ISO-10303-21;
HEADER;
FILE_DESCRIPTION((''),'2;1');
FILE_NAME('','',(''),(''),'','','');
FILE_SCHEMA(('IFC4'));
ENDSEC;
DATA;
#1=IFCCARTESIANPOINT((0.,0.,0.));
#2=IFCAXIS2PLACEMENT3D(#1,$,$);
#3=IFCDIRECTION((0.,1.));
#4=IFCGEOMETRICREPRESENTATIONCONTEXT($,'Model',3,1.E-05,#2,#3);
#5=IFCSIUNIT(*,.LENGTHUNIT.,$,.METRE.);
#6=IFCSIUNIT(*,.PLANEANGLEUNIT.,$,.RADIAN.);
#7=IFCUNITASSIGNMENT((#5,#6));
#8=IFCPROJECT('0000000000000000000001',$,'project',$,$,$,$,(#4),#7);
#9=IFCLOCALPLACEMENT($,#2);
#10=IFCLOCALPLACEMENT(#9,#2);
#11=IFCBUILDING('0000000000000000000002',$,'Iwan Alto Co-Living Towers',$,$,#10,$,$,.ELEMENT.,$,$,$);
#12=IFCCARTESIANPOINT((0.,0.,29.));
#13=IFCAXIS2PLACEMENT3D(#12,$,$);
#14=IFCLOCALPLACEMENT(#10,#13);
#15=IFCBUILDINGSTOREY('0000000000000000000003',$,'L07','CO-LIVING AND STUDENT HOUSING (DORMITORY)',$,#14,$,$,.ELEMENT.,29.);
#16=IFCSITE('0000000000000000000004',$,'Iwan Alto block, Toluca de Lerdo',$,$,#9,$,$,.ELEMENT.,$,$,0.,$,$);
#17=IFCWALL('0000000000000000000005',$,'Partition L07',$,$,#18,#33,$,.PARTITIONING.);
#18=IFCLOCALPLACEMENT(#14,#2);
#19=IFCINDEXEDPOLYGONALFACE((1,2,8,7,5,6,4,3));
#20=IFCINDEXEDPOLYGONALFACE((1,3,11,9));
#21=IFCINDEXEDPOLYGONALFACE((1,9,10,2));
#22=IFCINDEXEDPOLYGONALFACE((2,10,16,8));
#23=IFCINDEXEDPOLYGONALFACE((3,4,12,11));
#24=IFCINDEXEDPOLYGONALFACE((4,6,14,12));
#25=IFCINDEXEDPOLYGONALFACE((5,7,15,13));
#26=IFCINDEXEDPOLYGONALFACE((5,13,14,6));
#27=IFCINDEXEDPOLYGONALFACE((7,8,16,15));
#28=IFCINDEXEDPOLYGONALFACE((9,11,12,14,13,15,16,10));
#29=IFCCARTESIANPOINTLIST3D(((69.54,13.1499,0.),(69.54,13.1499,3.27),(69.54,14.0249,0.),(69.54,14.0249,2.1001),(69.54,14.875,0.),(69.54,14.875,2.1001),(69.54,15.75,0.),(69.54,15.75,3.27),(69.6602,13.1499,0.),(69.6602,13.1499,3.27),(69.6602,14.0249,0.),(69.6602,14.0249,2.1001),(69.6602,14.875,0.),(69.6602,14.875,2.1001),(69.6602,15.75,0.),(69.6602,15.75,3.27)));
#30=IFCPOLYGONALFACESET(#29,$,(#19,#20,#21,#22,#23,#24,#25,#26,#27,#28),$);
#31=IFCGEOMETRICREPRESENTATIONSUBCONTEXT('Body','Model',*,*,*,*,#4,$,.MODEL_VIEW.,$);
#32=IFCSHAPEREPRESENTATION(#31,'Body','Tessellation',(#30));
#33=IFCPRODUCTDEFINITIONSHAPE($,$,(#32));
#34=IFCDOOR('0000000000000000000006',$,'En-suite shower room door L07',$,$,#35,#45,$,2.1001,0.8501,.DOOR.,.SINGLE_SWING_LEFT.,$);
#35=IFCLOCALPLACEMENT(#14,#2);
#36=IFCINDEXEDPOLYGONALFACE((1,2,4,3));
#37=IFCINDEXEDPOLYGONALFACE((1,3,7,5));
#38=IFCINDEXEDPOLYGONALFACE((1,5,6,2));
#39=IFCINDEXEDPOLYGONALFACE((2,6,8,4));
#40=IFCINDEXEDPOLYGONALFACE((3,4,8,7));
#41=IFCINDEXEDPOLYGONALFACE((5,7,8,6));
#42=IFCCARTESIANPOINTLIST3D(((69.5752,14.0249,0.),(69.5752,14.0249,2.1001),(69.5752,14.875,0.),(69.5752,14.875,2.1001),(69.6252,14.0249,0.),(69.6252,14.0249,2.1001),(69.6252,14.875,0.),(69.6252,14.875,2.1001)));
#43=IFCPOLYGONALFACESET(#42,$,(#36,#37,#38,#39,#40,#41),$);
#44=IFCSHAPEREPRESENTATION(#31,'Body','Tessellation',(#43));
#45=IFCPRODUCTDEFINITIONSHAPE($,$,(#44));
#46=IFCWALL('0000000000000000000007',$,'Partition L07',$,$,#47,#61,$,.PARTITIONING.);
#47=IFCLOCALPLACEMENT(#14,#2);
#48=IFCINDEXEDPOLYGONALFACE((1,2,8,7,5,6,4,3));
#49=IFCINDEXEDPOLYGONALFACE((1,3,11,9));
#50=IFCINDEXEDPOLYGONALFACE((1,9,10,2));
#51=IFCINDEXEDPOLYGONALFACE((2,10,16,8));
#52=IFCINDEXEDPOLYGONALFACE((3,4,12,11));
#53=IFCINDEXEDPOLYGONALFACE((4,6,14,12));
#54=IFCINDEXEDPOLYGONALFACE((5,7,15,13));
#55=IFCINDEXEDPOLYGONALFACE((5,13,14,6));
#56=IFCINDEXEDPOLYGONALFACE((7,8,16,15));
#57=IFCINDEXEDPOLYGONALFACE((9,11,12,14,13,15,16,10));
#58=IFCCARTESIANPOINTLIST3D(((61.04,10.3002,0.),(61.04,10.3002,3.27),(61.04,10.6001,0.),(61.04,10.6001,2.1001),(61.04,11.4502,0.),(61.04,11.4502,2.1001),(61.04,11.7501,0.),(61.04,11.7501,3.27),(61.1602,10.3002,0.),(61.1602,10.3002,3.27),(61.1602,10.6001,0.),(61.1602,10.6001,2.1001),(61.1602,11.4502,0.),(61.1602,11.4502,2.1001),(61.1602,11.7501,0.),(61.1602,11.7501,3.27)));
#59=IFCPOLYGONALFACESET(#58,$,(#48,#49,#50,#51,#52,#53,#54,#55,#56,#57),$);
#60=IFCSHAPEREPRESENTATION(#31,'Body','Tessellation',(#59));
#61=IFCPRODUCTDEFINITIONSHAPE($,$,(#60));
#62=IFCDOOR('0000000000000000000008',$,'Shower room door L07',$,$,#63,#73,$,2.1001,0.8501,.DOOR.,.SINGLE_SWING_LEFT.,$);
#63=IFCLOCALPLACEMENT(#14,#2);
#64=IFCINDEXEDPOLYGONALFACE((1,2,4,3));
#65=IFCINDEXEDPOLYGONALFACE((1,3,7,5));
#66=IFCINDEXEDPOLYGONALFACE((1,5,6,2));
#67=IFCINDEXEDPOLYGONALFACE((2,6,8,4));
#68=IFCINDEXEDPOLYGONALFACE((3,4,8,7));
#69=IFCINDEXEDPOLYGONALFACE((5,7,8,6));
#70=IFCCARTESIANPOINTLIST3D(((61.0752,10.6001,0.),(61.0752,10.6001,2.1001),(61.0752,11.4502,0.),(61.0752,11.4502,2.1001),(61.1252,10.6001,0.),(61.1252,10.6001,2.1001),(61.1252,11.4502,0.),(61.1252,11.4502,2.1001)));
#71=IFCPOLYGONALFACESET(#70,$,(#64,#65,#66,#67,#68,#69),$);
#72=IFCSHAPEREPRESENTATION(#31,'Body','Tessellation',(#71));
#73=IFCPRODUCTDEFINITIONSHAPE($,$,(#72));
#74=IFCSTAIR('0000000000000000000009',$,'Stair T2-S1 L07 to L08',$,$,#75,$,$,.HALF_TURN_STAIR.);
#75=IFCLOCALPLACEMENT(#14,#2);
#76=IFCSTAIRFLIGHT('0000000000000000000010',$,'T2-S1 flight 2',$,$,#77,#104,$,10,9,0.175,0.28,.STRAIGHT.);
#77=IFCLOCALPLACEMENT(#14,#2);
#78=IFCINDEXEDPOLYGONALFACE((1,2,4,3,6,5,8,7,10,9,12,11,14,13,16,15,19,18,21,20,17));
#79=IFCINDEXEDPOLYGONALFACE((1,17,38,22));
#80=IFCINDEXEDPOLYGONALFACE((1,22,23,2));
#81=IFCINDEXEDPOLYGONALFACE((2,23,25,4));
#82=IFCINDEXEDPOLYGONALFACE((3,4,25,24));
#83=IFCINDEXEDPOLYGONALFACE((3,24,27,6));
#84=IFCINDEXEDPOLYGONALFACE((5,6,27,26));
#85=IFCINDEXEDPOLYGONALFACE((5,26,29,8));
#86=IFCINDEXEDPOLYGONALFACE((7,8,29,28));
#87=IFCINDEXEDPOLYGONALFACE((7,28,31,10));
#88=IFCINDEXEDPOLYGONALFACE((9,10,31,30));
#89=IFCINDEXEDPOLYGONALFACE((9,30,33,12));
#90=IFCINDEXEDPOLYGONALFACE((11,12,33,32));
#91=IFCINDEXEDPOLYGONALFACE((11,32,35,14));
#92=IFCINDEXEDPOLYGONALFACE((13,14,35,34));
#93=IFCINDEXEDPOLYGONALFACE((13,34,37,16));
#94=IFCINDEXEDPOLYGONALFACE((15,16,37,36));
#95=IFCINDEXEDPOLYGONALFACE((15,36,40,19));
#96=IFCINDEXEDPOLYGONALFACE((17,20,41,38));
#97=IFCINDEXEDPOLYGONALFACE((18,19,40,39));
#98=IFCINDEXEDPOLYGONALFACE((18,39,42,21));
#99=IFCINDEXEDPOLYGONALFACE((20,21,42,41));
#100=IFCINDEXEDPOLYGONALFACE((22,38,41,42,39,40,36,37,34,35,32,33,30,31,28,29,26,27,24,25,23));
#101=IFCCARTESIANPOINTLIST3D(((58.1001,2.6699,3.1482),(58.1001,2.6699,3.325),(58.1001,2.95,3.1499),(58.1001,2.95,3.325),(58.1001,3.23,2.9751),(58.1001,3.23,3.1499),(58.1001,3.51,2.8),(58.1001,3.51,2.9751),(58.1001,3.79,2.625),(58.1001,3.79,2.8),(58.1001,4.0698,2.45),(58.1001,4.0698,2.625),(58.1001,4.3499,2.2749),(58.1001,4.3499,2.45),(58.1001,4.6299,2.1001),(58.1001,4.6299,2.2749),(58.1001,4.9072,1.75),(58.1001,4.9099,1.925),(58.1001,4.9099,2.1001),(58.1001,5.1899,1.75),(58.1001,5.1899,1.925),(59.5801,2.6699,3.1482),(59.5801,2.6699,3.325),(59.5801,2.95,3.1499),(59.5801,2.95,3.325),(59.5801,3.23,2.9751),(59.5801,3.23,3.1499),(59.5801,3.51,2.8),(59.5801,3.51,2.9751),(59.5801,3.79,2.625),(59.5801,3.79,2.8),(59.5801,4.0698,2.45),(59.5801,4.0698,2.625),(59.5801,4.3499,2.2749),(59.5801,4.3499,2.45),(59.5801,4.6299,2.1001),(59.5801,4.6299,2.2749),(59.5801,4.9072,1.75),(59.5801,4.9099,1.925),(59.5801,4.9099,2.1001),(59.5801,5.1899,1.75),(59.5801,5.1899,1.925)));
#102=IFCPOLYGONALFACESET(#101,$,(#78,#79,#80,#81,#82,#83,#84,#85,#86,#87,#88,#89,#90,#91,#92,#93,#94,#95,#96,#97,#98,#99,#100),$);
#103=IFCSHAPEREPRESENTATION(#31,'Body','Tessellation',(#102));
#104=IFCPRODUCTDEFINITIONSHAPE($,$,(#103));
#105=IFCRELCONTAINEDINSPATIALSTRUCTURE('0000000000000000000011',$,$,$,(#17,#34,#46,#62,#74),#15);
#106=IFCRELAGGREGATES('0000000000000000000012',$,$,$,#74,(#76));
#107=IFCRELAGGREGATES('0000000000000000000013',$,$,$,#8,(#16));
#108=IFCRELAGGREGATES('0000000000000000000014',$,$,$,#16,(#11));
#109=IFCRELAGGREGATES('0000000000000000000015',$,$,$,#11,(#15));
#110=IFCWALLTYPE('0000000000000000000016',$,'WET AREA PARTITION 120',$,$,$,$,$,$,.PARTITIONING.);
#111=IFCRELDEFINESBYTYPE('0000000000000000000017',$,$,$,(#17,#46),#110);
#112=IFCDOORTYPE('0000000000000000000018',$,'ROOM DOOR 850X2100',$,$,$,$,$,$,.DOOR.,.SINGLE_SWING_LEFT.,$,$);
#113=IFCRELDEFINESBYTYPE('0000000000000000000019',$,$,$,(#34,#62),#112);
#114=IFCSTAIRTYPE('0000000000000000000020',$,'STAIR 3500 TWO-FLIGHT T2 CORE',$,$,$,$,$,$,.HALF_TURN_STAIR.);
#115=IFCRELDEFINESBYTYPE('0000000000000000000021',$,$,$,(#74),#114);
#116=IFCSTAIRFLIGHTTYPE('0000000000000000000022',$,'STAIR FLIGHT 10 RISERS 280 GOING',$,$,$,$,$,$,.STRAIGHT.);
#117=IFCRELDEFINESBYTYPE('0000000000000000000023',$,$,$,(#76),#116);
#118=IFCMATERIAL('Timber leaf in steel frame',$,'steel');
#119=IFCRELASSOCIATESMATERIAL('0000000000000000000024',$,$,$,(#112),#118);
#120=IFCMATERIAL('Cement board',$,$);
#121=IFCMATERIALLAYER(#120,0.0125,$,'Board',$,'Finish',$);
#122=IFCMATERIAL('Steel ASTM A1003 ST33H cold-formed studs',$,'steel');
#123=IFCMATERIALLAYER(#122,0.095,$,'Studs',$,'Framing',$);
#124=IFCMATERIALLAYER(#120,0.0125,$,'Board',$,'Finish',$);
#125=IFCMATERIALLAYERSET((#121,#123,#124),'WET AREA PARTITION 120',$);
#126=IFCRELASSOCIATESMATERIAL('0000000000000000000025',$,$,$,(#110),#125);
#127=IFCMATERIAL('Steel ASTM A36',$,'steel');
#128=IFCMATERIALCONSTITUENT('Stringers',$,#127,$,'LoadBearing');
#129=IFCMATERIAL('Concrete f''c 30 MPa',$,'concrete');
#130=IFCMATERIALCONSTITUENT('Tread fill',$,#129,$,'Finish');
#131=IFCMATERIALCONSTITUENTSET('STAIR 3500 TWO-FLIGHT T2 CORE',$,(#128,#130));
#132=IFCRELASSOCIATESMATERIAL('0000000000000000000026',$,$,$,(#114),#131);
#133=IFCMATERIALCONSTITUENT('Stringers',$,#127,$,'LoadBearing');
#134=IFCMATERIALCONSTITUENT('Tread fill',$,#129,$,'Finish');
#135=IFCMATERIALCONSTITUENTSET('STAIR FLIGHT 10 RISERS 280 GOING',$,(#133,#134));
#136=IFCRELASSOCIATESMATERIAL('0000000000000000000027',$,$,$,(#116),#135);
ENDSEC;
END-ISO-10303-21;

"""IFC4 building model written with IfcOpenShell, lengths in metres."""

from ifc_helpers import new_model, si_unit, direction, frame, frame_2d, origin, place, context, subcontext, project, spatial, polyline, rectangle, outline, extrude, material, layer, layer_set, constituent, constituent_set, type_object, element, fill, aggregate, save


model = new_model("IFC4")

# Units and contexts
model_context = context("Model", 3, precision=1e-05, world=origin(), true_north=direction((0.0, 1.0)))
body_context = subcontext(model_context, "Body", "Model", "MODEL_VIEW")
ifc_project = project(units=[si_unit("LENGTHUNIT", "METRE"), si_unit("PLANEANGLEUNIT", "RADIAN")], contexts=[model_context])

# Site, building, storey
site_placement = place(None, origin())
site = spatial("IfcSite", under=ifc_project, at=site_placement, Name="Iwan Alto block, Toluca de Lerdo", CompositionType="ELEMENT", RefElevation=0.0)
building_placement = place(site_placement, origin())
building = spatial("IfcBuilding", under=site, at=building_placement, Name="Iwan Alto Co-Living Towers", CompositionType="ELEMENT")
storey_placement = place(building_placement, frame((0.0, 0.0, 29.0)))
storey = spatial("IfcBuildingStorey", under=building, at=storey_placement, Name="L07", Description="CO-LIVING AND STUDENT HOUSING (DORMITORY)", CompositionType="ELEMENT", Elevation=29.0)

# Shared definitions
ifc_material_1 = material(Name="Steel ASTM A1003 ST33H cold-formed studs", Category="steel")
ifc_material_2 = material(Name="Timber leaf in steel frame", Category="steel")
door_type = type_object("IfcDoorType", Name="ROOM DOOR 850X2100", OperationType="SINGLE_SWING_LEFT", PredefinedType="DOOR", material=ifc_material_2)

# Shared definitions
ifc_material_3 = material(Name="Cement board")
ifc_layer_1 = layer(ifc_material_3, 0.0125, Name="Board", Category="Finish")
ifc_layer_2 = layer(ifc_material_1, 0.095, Name="Studs", Category="Framing")
ifc_layer_3 = layer(ifc_material_3, 0.0125, Name="Board", Category="Finish")
ifc_layer_set_1 = layer_set([ifc_layer_1, ifc_layer_2, ifc_layer_3], Name="WET AREA PARTITION 120")
wall_type_1 = type_object("IfcWallType", Name="WET AREA PARTITION 120", PredefinedType="PARTITIONING", material=ifc_layer_set_1)

# Walls, openings, doors
wall_1_placement = place(storey_placement, frame((69.6001, 13.1499, 0.0), z_axis=(0.0, 0.0, 1.0), x_axis=(0.0, 1.0, 0.0)))
wall_1 = element("IfcWall", 1, at=wall_1_placement, inside=storey, type_object=wall_type_1, Name="Partition L07", PredefinedType="PARTITIONING", context=body_context, shape_type="SweptSolid", body=[
    extrude(rectangle(XDim=2.6001, YDim=0.1201, at=frame_2d((1.3, 0.0))), origin(), (0.0, 0.0, 1.0), 3.27),
])
opening_1_placement = place(wall_1_placement, frame((0.875, 0.0, 0.0)))
opening_1 = element("IfcOpeningElement", 2, at=opening_1_placement, cuts=wall_1, PredefinedType="OPENING", context=body_context, shape_type="SweptSolid", body=[
    extrude(rectangle(XDim=0.8501, YDim=2.1001, at=frame_2d((0.425, 1.05))), frame((0.0, 0.0701, 0.0), z_axis=(0.0, -1.0, 0.0), x_axis=(1.0, 0.0, 0.0)), (0.0, 0.0, 1.0), 0.1401),
])
door_1_placement = place(opening_1_placement, origin())
door_1 = element("IfcDoor", 3, at=door_1_placement, inside=storey, type_object=door_type, Name="En-suite shower room door L07", OperationType="SINGLE_SWING_LEFT", OverallHeight=2.1001, OverallWidth=0.8501, PredefinedType="DOOR", context=body_context, shape_type="SweptSolid", body=[
    extrude(rectangle(XDim=0.8501, YDim=2.1001, at=frame_2d((0.425, 1.05))), frame((0.0, 0.0249, 0.0), z_axis=(0.0, -1.0, 0.0), x_axis=(1.0, 0.0, 0.0)), (0.0, 0.0, 1.0), 0.05),
])
fill(opening_1, door_1)
wall_2_placement = place(storey_placement, frame((61.1001, 10.3, 0.0), z_axis=(0.0, 0.0, 1.0), x_axis=(0.0, 1.0, 0.0)))
wall_2 = element("IfcWall", 4, at=wall_2_placement, inside=storey, type_object=wall_type_1, Name="Partition L07", PredefinedType="PARTITIONING", context=body_context, shape_type="SweptSolid", body=[
    extrude(rectangle(XDim=1.45, YDim=0.1201, at=frame_2d((0.7251, 0.0))), origin(), (0.0, 0.0, 1.0), 3.27),
])
opening_2_placement = place(wall_2_placement, frame((0.3, 0.0, 0.0)))
opening_2 = element("IfcOpeningElement", 5, at=opening_2_placement, cuts=wall_2, PredefinedType="OPENING", context=body_context, shape_type="SweptSolid", body=[
    extrude(rectangle(XDim=0.8501, YDim=2.1001, at=frame_2d((0.425, 1.05))), frame((0.0, 0.0701, 0.0), z_axis=(0.0, -1.0, 0.0), x_axis=(1.0, 0.0, 0.0)), (0.0, 0.0, 1.0), 0.1401),
])
door_2_placement = place(opening_2_placement, origin())
door_2 = element("IfcDoor", 6, at=door_2_placement, inside=storey, type_object=door_type, Name="Shower room door L07", OperationType="SINGLE_SWING_LEFT", OverallHeight=2.1001, OverallWidth=0.8501, PredefinedType="DOOR", context=body_context, shape_type="SweptSolid", body=[
    extrude(rectangle(XDim=0.8501, YDim=2.1001, at=frame_2d((0.425, 1.05))), frame((0.0, 0.0249, 0.0), z_axis=(0.0, -1.0, 0.0), x_axis=(1.0, 0.0, 0.0)), (0.0, 0.0, 1.0), 0.05),
])
fill(opening_2, door_2)

# Stair, stair flight
ifc_material_4 = material(Name="Steel ASTM A36", Category="steel")
ifc_constituent_1 = constituent(ifc_material_4, Name="Stringers", Category="LoadBearing")
ifc_material_5 = material(Name="Concrete f'c 30 MPa", Category="concrete")
ifc_constituent_2 = constituent(ifc_material_5, Name="Tread fill", Category="Finish")
ifc_constituent_set_1 = constituent_set(constituents=[ifc_constituent_1, ifc_constituent_2], Name="STAIR 3500 TWO-FLIGHT T2 CORE")
stair_type = type_object("IfcStairType", Name="STAIR 3500 TWO-FLIGHT T2 CORE", PredefinedType="HALF_TURN_STAIR", material=ifc_constituent_set_1)
stair_placement = place(storey_placement, origin())
stair = element("IfcStair", 7, at=stair_placement, inside=storey, type_object=stair_type, Name="Stair T2-S1 L07 to L08", PredefinedType="HALF_TURN_STAIR")
ifc_constituent_3 = constituent(ifc_material_4, Name="Stringers", Category="LoadBearing")
ifc_constituent_4 = constituent(ifc_material_5, Name="Tread fill", Category="Finish")
ifc_constituent_set_2 = constituent_set(constituents=[ifc_constituent_3, ifc_constituent_4], Name="STAIR FLIGHT 10 RISERS 280 GOING")
stair_flight_type = type_object("IfcStairFlightType", Name="STAIR FLIGHT 10 RISERS 280 GOING", PredefinedType="STRAIGHT", material=ifc_constituent_set_2)
stair_flight_placement = place(storey_placement, frame((58.8401, 5.1899, 1.75), z_axis=(0.0, 0.0, 1.0), x_axis=(0.0, -1.0, 0.0)))
stair_flight = element("IfcStairFlight", 8, at=stair_flight_placement, type_object=stair_flight_type, Name="T2-S1 flight 2", NumberOfRisers=10, NumberOfTreads=9, PredefinedType="STRAIGHT", RiserHeight=0.175, TreadLength=0.28, context=body_context, shape_type="SweptSolid", body=[
    extrude(outline(polyline([(0.0, 0.0), (0.0, 0.175), (0.28, 0.175), (0.28, 0.3501), (0.5601, 0.3501), (0.5601, 0.5249), (0.8401, 0.5249), (0.8401, 0.7), (1.1201, 0.7), (1.1201, 0.875), (1.3999, 0.875), (1.3999, 1.05), (1.6799, 1.05), (1.6799, 1.2251), (1.96, 1.2251), (1.96, 1.3999), (2.24, 1.3999), (2.24, 1.575), (2.52, 1.575), (2.52, 1.75), (2.52, 1.3982), (0.2827, 0.0), (0.0, 0.0)])), frame((0.0, 0.74, 0.0), z_axis=(0.0, -1.0, 0.0), x_axis=(1.0, 0.0, 0.0)), (0.0, 0.0, 1.0), 1.48),
])
aggregate(stair, [stair_flight])

save(model, "model.ifc")
